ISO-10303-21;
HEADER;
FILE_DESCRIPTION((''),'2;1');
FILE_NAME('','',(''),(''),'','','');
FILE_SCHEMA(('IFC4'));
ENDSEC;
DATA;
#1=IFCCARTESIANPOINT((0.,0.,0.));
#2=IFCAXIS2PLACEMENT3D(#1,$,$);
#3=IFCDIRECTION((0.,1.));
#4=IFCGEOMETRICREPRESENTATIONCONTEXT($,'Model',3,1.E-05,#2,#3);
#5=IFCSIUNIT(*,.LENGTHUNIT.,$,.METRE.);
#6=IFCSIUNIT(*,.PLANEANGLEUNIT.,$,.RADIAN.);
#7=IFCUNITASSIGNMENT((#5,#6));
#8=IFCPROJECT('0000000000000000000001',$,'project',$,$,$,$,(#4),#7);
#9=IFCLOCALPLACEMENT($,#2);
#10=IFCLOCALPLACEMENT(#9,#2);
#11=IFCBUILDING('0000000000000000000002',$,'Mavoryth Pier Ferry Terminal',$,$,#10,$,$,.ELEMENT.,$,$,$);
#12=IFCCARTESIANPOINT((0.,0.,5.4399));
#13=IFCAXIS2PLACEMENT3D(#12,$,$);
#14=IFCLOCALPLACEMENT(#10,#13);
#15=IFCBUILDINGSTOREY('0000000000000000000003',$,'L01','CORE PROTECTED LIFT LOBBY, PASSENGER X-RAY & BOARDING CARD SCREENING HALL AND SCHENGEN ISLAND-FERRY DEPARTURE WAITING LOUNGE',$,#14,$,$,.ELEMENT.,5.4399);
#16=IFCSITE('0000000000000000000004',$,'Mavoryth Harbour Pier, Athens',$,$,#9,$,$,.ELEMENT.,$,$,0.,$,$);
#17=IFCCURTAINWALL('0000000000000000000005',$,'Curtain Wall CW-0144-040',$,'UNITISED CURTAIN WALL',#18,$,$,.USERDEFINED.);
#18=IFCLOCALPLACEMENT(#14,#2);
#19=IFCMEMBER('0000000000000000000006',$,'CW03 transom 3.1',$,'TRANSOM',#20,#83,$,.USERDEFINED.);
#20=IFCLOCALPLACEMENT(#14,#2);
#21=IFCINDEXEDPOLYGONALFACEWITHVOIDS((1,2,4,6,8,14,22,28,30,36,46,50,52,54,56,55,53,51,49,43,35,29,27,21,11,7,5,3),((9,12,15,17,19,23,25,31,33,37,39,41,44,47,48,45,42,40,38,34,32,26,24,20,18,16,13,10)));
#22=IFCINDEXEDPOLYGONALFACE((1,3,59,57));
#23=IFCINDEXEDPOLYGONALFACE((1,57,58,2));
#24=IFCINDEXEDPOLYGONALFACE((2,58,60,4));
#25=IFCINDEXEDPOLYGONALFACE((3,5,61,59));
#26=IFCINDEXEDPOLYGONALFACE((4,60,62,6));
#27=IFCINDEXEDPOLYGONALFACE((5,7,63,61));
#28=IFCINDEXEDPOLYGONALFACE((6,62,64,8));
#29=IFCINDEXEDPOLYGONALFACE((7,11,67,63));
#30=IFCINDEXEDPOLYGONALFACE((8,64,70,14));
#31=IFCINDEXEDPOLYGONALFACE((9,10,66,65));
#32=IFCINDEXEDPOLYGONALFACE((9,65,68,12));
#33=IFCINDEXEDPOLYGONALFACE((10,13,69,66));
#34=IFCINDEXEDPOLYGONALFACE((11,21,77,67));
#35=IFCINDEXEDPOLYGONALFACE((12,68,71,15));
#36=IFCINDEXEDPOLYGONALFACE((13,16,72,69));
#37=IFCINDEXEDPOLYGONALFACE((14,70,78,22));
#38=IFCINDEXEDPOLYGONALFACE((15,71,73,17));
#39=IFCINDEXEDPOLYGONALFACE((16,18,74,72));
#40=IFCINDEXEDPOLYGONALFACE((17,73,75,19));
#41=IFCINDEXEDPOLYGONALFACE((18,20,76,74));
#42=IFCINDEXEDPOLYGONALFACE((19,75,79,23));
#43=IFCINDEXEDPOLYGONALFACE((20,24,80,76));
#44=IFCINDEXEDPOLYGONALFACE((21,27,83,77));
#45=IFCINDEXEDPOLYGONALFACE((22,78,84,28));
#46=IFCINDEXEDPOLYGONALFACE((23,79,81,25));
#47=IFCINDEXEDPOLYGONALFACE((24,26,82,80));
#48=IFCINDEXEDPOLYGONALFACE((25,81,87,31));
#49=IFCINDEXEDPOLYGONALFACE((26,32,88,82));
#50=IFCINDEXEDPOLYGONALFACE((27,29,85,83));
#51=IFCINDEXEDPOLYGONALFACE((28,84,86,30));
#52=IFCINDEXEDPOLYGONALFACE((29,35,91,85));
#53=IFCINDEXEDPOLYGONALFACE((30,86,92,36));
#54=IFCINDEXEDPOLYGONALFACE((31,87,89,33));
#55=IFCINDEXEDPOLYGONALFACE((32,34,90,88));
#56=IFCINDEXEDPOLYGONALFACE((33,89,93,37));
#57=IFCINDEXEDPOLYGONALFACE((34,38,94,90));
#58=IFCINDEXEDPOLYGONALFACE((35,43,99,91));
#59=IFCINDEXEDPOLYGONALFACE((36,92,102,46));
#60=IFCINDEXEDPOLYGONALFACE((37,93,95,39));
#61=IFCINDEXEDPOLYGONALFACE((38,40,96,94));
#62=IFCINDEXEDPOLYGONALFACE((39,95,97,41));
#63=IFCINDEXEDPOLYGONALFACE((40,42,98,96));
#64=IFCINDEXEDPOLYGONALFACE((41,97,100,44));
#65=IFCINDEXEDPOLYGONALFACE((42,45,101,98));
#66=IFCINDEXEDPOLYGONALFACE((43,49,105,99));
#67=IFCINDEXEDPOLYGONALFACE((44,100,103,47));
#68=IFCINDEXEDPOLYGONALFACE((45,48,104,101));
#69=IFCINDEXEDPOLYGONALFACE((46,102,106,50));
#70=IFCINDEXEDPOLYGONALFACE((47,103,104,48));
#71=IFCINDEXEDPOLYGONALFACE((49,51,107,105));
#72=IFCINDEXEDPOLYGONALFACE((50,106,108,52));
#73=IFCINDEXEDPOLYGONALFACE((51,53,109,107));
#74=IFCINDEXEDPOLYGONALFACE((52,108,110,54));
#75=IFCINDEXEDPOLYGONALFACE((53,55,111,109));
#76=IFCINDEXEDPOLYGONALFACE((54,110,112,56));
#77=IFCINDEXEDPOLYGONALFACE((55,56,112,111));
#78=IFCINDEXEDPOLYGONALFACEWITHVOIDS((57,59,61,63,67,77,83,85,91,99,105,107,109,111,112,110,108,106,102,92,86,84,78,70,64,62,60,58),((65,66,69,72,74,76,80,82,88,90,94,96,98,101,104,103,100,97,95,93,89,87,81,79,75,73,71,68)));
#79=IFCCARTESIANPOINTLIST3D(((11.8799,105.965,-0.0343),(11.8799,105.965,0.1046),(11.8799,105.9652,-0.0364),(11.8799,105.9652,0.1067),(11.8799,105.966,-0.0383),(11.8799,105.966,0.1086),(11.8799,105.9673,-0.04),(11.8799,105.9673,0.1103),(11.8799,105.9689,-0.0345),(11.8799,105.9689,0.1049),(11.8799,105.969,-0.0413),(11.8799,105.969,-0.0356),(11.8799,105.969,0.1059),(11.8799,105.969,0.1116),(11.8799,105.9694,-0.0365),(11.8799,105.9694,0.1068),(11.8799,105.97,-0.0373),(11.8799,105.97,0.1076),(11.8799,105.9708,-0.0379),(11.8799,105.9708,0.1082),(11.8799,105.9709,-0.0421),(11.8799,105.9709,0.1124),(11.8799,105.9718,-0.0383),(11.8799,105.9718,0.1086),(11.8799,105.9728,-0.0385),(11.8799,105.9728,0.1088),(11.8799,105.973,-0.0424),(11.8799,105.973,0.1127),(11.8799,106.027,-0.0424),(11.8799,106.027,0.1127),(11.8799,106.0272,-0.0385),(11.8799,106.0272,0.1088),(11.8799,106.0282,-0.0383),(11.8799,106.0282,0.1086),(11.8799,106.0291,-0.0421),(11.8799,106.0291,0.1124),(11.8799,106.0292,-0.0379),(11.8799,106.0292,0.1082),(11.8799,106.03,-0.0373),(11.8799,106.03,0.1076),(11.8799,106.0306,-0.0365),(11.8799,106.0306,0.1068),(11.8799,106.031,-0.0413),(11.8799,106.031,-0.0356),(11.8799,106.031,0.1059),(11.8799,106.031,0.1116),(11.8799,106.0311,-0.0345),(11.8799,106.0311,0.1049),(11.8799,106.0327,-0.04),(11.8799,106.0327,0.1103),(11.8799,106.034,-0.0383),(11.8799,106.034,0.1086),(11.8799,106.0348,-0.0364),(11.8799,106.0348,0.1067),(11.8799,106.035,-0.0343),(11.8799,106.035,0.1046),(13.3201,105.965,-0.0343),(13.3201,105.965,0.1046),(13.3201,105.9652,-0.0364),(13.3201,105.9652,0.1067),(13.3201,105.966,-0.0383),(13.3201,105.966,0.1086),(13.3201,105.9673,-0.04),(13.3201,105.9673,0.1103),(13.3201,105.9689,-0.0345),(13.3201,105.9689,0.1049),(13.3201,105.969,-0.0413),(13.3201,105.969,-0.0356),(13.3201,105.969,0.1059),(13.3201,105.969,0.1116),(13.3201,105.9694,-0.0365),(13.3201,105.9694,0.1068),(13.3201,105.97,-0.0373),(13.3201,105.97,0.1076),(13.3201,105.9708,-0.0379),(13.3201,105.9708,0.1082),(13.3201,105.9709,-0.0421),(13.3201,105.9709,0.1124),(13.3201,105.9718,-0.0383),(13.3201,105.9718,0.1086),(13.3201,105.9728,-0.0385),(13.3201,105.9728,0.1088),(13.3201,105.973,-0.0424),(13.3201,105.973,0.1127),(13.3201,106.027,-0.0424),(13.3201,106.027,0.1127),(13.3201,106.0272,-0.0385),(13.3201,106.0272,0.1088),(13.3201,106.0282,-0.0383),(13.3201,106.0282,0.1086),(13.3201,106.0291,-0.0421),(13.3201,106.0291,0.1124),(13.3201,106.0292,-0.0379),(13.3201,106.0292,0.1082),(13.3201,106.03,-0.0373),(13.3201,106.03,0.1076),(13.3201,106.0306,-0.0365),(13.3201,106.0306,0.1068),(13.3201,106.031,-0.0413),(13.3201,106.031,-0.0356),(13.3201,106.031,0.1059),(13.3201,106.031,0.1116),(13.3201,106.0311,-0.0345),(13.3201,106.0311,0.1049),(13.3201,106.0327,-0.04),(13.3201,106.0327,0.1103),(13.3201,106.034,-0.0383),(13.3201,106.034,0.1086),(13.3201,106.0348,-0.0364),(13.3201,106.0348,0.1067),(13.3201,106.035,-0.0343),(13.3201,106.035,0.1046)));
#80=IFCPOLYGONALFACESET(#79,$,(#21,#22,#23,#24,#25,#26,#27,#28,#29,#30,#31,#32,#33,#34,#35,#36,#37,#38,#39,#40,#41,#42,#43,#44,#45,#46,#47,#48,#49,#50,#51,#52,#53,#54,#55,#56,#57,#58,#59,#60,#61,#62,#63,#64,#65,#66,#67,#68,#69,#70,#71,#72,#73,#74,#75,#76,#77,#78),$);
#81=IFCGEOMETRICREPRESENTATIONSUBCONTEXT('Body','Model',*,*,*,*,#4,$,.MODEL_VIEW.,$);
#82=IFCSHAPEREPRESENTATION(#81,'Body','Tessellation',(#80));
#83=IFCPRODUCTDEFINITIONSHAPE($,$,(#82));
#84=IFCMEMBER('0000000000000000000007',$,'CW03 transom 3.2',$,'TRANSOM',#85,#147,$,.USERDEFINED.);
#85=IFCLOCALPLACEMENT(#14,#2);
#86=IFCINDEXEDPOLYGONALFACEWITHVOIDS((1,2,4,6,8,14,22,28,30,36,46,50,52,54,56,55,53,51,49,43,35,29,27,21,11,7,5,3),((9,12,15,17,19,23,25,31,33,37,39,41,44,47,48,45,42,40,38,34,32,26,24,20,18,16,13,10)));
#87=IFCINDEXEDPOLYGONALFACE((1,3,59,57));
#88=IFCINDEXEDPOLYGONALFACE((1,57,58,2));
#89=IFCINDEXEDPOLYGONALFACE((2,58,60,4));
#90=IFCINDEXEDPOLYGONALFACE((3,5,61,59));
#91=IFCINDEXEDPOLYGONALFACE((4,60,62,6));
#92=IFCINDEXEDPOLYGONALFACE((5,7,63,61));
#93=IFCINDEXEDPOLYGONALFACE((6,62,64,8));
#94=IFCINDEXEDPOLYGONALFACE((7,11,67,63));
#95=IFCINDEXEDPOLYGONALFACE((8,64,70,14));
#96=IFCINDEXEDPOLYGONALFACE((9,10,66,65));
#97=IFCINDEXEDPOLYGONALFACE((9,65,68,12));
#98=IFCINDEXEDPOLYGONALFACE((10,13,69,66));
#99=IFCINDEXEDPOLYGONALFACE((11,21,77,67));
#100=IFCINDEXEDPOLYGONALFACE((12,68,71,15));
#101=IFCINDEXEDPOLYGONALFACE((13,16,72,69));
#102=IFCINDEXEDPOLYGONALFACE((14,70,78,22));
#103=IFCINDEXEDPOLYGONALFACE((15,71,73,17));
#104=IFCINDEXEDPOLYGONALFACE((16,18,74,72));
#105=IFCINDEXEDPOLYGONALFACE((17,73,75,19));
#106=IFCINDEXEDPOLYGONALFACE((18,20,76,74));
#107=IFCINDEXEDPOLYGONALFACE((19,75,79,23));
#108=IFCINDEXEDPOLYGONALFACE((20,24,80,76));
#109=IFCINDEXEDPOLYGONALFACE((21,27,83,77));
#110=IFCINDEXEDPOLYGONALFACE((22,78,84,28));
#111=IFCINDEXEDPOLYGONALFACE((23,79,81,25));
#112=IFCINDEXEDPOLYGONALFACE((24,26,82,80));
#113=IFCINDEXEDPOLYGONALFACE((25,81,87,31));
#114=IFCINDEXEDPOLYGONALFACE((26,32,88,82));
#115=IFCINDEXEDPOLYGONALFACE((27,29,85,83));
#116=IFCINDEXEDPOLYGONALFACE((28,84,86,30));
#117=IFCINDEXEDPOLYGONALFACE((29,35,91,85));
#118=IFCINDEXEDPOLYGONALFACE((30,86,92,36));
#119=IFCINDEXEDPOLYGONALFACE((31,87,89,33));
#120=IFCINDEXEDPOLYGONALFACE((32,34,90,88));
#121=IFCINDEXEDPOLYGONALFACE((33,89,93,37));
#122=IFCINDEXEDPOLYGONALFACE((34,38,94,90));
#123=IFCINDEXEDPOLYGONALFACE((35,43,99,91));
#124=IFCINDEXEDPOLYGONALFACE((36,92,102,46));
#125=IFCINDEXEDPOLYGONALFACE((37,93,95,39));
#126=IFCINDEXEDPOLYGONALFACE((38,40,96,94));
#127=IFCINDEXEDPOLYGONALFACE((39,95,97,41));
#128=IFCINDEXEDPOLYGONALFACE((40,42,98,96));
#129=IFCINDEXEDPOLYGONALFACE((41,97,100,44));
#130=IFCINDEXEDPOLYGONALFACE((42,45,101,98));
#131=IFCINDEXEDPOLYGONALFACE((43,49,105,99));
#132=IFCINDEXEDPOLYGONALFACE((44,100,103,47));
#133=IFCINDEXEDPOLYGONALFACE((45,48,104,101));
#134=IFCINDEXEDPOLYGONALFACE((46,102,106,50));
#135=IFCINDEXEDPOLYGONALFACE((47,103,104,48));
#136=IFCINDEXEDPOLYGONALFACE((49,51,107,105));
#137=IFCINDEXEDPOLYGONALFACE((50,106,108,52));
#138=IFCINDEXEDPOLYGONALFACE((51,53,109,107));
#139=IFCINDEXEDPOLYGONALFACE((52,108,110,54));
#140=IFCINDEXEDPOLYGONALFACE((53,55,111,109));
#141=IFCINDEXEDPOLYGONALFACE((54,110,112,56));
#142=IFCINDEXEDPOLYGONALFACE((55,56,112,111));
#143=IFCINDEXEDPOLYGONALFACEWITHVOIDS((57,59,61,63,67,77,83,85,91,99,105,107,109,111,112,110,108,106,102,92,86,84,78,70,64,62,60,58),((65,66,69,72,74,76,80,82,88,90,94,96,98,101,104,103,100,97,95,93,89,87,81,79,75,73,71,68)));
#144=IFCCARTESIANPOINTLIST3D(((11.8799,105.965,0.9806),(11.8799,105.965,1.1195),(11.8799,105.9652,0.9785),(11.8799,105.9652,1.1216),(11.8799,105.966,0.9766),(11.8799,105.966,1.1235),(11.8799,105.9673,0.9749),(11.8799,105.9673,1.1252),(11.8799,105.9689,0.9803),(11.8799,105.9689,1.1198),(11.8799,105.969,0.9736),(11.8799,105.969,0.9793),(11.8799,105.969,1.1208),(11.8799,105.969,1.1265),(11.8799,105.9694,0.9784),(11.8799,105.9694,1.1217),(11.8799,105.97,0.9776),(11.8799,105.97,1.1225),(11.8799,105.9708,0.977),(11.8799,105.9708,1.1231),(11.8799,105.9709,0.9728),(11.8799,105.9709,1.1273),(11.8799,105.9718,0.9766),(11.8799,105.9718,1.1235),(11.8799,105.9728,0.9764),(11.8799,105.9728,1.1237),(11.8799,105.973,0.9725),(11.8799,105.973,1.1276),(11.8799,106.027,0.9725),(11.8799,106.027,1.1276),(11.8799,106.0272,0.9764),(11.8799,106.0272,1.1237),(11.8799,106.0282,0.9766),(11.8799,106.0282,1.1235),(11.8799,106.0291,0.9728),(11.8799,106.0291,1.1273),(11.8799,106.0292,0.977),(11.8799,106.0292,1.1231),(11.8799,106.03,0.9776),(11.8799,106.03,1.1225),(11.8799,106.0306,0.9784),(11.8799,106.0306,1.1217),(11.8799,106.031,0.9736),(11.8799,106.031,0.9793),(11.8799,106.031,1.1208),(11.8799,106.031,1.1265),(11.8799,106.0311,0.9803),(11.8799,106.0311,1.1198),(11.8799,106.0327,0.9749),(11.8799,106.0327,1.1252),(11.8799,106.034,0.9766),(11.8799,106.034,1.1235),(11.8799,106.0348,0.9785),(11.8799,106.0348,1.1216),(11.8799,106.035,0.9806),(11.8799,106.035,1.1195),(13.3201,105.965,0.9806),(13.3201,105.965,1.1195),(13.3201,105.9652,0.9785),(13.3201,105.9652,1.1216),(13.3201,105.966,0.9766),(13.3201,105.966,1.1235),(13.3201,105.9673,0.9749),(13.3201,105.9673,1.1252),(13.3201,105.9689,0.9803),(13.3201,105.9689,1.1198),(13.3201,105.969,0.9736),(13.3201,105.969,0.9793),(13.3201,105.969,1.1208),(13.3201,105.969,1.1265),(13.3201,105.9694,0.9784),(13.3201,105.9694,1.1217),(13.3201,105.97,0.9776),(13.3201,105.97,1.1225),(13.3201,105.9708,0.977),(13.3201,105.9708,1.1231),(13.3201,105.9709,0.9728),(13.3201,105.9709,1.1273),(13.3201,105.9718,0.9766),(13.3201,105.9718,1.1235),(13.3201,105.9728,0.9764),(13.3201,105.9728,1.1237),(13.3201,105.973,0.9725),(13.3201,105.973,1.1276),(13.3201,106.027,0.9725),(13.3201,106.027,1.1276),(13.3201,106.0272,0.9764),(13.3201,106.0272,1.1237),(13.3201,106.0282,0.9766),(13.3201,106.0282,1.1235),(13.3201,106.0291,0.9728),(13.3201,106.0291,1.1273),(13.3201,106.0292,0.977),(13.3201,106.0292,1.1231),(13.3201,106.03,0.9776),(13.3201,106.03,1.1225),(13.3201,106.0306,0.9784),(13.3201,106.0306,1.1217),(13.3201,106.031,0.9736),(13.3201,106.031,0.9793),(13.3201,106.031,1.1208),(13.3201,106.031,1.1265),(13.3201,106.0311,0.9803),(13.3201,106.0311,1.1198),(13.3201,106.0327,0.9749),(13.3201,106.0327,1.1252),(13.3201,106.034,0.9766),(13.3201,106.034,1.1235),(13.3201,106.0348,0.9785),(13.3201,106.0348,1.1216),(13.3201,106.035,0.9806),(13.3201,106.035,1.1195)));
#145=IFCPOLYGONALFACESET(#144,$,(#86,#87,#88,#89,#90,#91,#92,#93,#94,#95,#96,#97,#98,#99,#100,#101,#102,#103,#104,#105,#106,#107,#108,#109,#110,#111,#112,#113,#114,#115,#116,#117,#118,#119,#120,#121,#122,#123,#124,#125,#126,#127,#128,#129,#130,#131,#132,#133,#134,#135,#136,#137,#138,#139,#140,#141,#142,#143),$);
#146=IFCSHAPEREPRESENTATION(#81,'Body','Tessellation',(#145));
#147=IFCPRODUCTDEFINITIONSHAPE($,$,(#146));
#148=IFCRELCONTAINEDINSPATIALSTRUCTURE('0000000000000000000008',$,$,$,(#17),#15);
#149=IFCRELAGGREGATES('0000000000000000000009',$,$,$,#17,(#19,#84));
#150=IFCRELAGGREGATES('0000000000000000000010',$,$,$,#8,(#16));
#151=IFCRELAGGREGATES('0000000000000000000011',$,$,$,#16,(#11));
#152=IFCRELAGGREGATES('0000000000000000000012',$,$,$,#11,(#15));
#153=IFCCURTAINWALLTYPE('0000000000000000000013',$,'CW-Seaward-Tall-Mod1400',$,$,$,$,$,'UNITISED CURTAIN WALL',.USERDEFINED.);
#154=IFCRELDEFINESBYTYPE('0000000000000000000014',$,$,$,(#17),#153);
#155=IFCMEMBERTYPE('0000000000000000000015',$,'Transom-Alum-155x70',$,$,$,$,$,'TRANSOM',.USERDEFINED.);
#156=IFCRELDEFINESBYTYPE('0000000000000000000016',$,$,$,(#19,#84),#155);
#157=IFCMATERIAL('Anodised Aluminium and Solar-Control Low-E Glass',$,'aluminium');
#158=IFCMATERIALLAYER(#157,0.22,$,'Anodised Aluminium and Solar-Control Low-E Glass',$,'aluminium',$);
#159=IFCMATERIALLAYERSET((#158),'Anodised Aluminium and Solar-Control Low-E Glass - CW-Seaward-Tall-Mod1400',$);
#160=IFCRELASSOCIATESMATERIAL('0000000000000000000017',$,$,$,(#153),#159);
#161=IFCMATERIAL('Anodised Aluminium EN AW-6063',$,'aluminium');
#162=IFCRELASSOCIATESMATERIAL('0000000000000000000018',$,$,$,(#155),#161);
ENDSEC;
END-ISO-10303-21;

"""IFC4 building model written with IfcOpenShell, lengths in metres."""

from ifc_helpers import new_model, si_unit, direction, frame, origin, origin_2d, place, context, subcontext, project, spatial, hollow_rectangle, extrude, material, layer, layer_set, material_profile, profile_set, type_object, element, aggregate, save


model = new_model("IFC4")

# Units and contexts
model_context = context("Model", 3, precision=1e-05, world=origin(), true_north=direction((0.0, 1.0)))
body_context = subcontext(model_context, "Body", "Model", "MODEL_VIEW")
ifc_project = project(units=[si_unit("LENGTHUNIT", "METRE"), si_unit("PLANEANGLEUNIT", "RADIAN")], contexts=[model_context])

# Site, building, storey
site_placement = place(None, origin())
site = spatial("IfcSite", under=ifc_project, at=site_placement, Name="Mavoryth Harbour Pier, Athens", CompositionType="ELEMENT", RefElevation=0.0)
building_placement = place(site_placement, origin())
building = spatial("IfcBuilding", under=site, at=building_placement, Name="Mavoryth Pier Ferry Terminal", CompositionType="ELEMENT")
storey_placement = place(building_placement, frame((0.0, 0.0, 5.4399)))
storey = spatial("IfcBuildingStorey", under=building, at=storey_placement, Name="L01", Description="CORE PROTECTED LIFT LOBBY, PASSENGER X-RAY & BOARDING CARD SCREENING HALL AND SCHENGEN ISLAND-FERRY DEPARTURE WAITING LOUNGE", CompositionType="ELEMENT", Elevation=5.4399)

# Curtain wall, members
ifc_material_1 = material(Name="Anodised Aluminium and Solar-Control Low-E Glass", Category="aluminium")
ifc_layer_1 = layer(ifc_material_1, 0.22, Name="Anodised Aluminium and Solar-Control Low-E Glass", Category="aluminium")
ifc_layer_set_1 = layer_set([ifc_layer_1], Name="Anodised Aluminium and Solar-Control Low-E Glass - CW-Seaward-Tall-Mod1400")
curtain_wall_type = type_object("IfcCurtainWallType", Name="CW-Seaward-Tall-Mod1400", ElementType="UNITISED CURTAIN WALL", PredefinedType="USERDEFINED", material=ifc_layer_set_1)
curtain_wall_placement = place(storey_placement, origin())
curtain_wall = element("IfcCurtainWall", 1, at=curtain_wall_placement, inside=storey, type_object=curtain_wall_type, Name="Curtain Wall CW-0144-040", ObjectType="UNITISED CURTAIN WALL", PredefinedType="USERDEFINED")
ifc_material_2 = material(Name="Anodised Aluminium EN AW-6063", Category="aluminium")
ifc_material_profile_1 = material_profile(ifc_material_2, hollow_rectangle(XDim=0.0701, YDim=0.155, WallThickness=0.0039, InnerFilletRadius=0.0039, OuterFilletRadius=0.0081, at=origin_2d()), Name="AL-TRAN 155x70x4", Category="aluminium")
ifc_profile_set_1 = profile_set([ifc_material_profile_1], Name="Anodised Aluminium EN AW-6063 - AL-TRAN 155x70x4")
member_type_1 = type_object("IfcMemberType", Name="Transom-Alum-155x70", ElementType="TRANSOM", PredefinedType="USERDEFINED", material=ifc_profile_set_1)
member_1_placement = place(storey_placement, frame((13.3201, 106.0, 0.0352), z_axis=(-1.0, 0.0, 0.0), x_axis=(0.0, -1.0, 0.0)))
member_1 = element("IfcMember", 2, at=member_1_placement, type_object=member_type_1, Name="CW03 transom 3.1", ObjectType="TRANSOM", PredefinedType="USERDEFINED", context=body_context, shape_type="SweptSolid", body=[
    extrude(hollow_rectangle(XDim=0.0701, YDim=0.155, WallThickness=0.0039, InnerFilletRadius=0.0039, OuterFilletRadius=0.0081, at=origin_2d()), origin(), (0.0, 0.0, 1.0), 1.4402),
])
member_2_placement = place(storey_placement, frame((13.3201, 106.0, 1.05), z_axis=(-1.0, 0.0, 0.0), x_axis=(0.0, -1.0, 0.0)))
member_2 = element("IfcMember", 3, at=member_2_placement, type_object=member_type_1, Name="CW03 transom 3.2", ObjectType="TRANSOM", PredefinedType="USERDEFINED", context=body_context, shape_type="SweptSolid", body=[
    extrude(hollow_rectangle(XDim=0.0701, YDim=0.155, WallThickness=0.0039, InnerFilletRadius=0.0039, OuterFilletRadius=0.0081, at=origin_2d()), origin(), (0.0, 0.0, 1.0), 1.4402),
])
aggregate(curtain_wall, [member_1, member_2])

save(model, "model.ifc")
